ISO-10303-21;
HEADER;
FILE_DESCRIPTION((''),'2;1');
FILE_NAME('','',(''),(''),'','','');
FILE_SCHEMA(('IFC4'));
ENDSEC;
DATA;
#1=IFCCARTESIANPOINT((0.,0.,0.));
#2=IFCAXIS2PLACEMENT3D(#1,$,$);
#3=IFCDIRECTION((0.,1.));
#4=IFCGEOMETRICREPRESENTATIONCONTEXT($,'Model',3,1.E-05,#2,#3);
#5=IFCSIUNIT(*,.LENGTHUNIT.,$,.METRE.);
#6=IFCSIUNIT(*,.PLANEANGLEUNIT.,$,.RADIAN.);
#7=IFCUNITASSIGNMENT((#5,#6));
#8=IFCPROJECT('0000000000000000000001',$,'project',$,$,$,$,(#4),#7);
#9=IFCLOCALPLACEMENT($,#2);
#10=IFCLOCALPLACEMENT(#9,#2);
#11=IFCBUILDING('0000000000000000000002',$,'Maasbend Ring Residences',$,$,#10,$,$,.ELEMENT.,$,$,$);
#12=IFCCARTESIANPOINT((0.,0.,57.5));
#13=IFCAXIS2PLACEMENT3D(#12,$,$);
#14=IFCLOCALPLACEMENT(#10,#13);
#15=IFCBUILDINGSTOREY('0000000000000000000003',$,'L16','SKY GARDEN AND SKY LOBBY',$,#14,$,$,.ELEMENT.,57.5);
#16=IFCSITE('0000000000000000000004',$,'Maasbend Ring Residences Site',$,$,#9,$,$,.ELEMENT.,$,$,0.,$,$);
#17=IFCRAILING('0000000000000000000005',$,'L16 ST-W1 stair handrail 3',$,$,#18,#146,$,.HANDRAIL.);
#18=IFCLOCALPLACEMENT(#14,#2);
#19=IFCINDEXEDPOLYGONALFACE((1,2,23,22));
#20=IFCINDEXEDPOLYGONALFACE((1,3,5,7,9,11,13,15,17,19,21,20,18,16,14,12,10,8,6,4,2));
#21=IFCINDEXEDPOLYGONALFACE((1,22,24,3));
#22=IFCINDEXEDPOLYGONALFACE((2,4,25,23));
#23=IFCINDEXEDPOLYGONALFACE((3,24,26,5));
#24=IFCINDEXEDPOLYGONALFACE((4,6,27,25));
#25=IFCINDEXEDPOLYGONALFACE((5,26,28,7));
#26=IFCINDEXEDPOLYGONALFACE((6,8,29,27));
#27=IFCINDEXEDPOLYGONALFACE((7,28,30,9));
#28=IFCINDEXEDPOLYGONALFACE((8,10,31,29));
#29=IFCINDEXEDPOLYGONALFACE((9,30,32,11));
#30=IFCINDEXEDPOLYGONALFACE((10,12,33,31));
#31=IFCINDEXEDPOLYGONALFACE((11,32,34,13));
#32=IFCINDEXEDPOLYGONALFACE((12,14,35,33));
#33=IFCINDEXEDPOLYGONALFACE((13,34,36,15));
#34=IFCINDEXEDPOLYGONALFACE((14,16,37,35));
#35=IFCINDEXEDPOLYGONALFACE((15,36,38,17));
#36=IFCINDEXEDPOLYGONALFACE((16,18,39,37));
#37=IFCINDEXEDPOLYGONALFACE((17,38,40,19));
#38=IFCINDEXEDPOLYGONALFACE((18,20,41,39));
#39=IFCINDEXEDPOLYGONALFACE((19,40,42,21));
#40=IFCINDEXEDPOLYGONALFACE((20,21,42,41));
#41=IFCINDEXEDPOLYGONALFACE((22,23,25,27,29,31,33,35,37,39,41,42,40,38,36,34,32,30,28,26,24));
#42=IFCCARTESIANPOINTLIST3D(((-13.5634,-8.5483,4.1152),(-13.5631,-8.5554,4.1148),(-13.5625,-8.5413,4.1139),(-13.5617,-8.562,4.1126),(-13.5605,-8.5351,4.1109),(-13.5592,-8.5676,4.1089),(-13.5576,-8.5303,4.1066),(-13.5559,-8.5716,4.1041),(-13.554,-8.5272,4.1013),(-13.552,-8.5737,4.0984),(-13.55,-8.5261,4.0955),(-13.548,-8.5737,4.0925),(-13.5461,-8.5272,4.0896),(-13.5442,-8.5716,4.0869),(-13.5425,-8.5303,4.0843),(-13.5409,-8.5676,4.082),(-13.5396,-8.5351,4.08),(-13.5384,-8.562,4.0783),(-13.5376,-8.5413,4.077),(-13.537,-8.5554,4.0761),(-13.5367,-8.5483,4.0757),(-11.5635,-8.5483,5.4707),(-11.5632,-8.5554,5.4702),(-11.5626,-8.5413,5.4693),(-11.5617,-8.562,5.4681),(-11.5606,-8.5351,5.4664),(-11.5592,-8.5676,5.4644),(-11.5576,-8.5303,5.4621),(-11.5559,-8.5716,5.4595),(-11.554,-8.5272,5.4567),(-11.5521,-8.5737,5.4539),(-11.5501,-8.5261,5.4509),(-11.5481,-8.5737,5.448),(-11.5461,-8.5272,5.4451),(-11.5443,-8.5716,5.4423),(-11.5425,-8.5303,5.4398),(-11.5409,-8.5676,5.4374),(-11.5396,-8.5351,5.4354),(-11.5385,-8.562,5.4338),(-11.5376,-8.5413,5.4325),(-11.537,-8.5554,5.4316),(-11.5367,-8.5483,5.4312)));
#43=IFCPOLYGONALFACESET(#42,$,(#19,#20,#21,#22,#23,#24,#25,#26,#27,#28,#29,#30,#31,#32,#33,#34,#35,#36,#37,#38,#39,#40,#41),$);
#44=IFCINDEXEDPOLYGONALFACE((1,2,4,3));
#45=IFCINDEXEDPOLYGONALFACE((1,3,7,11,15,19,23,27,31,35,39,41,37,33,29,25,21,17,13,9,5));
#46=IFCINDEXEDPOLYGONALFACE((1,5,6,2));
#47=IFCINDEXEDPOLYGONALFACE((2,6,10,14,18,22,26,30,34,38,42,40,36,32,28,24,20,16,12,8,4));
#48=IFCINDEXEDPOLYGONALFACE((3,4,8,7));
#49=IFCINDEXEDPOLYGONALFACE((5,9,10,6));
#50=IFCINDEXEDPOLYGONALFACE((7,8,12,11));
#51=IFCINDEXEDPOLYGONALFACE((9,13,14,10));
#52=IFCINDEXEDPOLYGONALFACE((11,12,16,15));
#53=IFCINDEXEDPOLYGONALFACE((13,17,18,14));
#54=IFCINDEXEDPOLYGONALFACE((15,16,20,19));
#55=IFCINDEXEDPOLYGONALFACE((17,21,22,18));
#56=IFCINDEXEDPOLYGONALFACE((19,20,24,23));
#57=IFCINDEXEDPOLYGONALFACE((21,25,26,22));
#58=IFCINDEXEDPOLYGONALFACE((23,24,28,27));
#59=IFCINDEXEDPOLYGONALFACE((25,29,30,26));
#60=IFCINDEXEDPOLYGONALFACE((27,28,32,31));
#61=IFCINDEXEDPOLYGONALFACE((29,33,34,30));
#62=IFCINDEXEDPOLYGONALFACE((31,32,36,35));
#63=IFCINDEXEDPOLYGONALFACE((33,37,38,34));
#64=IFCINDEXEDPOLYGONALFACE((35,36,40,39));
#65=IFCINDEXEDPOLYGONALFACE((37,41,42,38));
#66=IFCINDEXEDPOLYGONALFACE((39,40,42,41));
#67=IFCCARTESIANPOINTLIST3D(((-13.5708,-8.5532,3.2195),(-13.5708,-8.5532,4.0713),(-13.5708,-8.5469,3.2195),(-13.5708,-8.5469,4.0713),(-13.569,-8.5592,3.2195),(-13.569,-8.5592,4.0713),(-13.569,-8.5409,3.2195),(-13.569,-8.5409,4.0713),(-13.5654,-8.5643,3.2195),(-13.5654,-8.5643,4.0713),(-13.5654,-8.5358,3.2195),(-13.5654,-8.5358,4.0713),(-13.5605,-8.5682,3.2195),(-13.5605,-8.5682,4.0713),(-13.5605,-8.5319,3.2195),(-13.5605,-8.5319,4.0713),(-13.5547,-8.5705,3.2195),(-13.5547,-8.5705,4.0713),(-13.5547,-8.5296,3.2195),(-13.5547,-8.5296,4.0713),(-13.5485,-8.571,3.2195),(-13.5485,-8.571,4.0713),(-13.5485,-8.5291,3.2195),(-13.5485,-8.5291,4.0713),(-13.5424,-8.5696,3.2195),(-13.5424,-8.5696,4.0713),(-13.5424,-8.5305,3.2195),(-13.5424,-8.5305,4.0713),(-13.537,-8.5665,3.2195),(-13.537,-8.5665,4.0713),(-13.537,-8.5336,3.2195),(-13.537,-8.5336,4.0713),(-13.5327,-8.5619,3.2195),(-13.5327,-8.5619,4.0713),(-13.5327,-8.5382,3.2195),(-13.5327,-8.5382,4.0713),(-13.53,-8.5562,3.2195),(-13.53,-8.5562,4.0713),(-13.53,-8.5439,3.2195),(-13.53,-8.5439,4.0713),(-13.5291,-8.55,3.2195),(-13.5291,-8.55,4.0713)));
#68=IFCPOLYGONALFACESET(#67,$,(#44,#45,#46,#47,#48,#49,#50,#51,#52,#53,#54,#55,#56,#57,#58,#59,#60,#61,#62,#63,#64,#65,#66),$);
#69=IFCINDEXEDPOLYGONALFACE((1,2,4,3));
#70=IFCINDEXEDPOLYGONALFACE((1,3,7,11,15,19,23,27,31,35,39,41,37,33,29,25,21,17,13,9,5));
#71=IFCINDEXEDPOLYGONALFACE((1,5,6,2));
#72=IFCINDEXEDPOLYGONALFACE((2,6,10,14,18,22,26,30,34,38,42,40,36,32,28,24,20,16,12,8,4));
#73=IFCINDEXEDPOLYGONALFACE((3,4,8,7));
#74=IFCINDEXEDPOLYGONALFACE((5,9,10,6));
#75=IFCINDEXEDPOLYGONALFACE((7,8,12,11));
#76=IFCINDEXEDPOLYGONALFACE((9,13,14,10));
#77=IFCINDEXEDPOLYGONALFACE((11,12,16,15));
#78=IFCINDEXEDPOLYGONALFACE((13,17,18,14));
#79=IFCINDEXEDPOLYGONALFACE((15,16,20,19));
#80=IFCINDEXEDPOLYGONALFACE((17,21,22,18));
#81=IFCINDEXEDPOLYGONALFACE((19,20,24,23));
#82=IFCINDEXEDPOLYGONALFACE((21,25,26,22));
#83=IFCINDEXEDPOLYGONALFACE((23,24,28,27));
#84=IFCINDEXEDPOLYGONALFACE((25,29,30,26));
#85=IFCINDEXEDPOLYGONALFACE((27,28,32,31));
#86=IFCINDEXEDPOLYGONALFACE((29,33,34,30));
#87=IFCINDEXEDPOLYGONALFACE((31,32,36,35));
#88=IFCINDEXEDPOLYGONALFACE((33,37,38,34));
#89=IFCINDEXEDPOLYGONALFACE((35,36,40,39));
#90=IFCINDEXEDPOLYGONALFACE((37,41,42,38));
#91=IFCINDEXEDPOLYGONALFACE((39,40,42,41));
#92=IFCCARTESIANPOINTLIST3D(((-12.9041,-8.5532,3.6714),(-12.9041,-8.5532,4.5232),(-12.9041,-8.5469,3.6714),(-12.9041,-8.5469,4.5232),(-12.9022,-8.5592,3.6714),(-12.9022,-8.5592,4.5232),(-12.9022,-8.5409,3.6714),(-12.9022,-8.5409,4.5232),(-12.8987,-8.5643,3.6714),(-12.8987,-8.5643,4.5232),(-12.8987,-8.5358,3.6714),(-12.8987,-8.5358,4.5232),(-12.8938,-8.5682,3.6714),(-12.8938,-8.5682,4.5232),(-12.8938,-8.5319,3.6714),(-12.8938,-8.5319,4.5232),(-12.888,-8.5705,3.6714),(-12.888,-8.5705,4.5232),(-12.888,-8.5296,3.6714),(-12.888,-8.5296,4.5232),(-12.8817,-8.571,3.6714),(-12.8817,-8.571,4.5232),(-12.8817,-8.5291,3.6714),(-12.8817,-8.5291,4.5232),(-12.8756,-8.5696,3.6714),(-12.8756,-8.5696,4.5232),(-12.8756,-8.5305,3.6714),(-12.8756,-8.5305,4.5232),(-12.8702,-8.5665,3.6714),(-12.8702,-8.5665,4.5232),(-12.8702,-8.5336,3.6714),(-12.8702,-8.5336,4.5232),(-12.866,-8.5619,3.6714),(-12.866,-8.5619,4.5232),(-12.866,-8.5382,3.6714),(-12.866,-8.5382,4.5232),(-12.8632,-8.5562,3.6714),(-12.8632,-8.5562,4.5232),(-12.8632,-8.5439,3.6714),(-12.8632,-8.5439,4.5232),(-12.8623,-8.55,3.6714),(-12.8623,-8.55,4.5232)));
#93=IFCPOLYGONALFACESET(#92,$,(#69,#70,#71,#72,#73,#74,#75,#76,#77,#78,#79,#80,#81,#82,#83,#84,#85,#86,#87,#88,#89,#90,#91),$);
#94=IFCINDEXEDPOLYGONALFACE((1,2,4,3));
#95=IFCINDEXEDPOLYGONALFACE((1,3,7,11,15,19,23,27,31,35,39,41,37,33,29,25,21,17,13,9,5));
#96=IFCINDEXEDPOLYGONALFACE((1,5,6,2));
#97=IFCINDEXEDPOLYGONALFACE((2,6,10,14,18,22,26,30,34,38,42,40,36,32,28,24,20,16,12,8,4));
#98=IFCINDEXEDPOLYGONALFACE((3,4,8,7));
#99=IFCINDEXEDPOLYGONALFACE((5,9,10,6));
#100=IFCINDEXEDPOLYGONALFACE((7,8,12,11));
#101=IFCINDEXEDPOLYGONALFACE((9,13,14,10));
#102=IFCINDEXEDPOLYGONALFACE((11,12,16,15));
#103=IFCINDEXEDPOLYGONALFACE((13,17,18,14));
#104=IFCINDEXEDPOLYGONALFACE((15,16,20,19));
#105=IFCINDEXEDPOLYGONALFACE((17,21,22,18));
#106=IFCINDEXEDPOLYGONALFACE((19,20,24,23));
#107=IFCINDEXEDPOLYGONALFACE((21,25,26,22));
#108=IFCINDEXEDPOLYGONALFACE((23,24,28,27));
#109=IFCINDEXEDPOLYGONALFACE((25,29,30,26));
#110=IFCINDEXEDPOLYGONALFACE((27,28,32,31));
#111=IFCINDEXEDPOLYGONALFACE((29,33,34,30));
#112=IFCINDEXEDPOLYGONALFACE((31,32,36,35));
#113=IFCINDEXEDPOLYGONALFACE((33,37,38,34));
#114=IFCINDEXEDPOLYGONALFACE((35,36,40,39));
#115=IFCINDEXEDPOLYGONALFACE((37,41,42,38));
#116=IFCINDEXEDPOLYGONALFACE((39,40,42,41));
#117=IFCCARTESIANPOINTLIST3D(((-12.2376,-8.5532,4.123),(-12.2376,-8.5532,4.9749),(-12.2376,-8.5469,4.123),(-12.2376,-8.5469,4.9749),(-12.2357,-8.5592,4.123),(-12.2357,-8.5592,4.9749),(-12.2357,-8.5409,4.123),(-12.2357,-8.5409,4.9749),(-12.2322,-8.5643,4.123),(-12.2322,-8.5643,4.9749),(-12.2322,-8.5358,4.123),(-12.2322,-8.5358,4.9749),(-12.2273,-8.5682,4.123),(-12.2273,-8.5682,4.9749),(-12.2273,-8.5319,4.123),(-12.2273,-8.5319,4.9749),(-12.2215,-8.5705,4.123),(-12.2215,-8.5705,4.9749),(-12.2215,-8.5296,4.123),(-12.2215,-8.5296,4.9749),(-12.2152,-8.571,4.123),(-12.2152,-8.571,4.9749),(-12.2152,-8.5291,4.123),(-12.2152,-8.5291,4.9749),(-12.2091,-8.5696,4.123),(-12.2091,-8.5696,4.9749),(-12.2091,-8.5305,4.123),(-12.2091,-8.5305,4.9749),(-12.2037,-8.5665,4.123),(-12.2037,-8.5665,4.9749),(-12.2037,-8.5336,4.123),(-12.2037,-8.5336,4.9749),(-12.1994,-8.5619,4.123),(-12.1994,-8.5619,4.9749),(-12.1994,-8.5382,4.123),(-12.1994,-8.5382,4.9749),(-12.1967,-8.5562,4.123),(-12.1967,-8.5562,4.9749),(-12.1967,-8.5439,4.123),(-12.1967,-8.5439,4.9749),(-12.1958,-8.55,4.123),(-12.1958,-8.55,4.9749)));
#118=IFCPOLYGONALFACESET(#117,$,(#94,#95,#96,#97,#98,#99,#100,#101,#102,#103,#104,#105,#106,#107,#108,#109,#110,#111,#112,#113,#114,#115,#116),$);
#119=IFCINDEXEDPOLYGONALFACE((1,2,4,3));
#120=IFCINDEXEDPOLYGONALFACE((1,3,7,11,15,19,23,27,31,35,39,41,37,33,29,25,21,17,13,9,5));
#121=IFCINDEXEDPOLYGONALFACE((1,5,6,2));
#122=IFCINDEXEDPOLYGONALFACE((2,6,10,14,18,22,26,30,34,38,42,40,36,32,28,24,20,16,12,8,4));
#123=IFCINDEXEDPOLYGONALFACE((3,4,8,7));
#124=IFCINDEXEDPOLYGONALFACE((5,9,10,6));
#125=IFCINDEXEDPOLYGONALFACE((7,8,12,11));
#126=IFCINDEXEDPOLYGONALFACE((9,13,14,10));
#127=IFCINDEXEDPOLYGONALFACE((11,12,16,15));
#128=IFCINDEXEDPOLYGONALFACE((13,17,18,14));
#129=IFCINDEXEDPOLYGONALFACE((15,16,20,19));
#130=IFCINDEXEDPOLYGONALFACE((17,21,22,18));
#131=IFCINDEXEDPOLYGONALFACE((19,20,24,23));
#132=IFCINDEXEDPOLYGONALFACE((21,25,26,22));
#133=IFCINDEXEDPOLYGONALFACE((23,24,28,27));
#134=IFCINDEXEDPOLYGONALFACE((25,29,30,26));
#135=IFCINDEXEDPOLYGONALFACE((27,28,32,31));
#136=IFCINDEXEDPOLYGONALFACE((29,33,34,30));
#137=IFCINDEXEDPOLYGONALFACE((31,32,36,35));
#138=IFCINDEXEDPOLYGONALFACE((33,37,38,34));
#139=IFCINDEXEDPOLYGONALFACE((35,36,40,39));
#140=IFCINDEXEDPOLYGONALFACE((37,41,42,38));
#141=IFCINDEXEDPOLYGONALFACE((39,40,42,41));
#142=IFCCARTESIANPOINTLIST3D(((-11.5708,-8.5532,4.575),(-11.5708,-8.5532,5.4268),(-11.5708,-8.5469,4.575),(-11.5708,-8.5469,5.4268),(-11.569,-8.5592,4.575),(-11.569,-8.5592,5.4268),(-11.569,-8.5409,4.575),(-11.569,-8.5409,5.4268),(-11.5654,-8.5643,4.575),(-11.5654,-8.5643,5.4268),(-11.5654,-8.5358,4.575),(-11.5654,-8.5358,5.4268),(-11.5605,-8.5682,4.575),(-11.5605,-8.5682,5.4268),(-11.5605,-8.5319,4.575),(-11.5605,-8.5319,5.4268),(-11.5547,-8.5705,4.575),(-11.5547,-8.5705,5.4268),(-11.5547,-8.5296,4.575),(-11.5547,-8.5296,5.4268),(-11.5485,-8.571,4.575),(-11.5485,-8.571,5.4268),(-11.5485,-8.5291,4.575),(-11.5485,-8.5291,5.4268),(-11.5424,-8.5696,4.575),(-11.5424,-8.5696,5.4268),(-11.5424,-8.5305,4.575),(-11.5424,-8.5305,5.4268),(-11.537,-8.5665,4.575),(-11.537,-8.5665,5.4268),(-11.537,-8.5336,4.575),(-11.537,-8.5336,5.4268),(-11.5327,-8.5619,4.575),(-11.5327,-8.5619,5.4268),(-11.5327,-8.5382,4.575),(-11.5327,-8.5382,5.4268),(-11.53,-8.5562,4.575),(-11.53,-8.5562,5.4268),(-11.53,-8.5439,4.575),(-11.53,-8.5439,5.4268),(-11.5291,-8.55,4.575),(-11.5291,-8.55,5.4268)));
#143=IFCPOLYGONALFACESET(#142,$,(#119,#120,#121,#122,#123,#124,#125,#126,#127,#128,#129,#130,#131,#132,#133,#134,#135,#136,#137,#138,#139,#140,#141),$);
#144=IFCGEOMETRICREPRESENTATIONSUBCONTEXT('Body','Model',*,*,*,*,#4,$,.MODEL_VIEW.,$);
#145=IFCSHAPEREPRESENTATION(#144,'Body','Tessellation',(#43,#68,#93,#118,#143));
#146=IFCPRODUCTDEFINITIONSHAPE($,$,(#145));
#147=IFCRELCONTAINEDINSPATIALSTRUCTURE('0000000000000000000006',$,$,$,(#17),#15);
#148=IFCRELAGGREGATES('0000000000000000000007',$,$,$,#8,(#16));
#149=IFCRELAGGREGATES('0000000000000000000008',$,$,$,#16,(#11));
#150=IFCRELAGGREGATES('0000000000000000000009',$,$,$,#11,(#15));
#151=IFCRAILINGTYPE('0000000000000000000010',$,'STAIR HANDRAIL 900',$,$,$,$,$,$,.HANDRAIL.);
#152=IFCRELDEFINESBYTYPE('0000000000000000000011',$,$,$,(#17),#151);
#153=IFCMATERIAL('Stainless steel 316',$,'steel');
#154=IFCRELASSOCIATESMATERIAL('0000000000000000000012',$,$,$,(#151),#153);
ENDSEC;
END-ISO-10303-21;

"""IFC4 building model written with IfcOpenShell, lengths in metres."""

from ifc_helpers import new_model, si_unit, direction, frame, origin, origin_2d, place, context, subcontext, project, spatial, circle, extrude, material, type_object, element, save


model = new_model("IFC4")

# Units and contexts
model_context = context("Model", 3, precision=1e-05, world=origin(), true_north=direction((0.0, 1.0)))
body_context = subcontext(model_context, "Body", "Model", "MODEL_VIEW")
ifc_project = project(units=[si_unit("LENGTHUNIT", "METRE"), si_unit("PLANEANGLEUNIT", "RADIAN")], contexts=[model_context])

# Site, building, storey
site_placement = place(None, origin())
site = spatial("IfcSite", under=ifc_project, at=site_placement, Name="Maasbend Ring Residences Site", CompositionType="ELEMENT", RefElevation=0.0)
building_placement = place(site_placement, origin())
building = spatial("IfcBuilding", under=site, at=building_placement, Name="Maasbend Ring Residences", CompositionType="ELEMENT")
storey_placement = place(building_placement, frame((0.0, 0.0, 57.5)))
storey = spatial("IfcBuildingStorey", under=building, at=storey_placement, Name="L16", Description="SKY GARDEN AND SKY LOBBY", CompositionType="ELEMENT", Elevation=57.5)

# Railing
ifc_material_1 = material(Name="Stainless steel 316", Category="steel")
railing_type_1 = type_object("IfcRailingType", Name="STAIR HANDRAIL 900", PredefinedType="HANDRAIL", material=ifc_material_1)
railing_1_placement = place(storey_placement, frame((-13.55, -8.55, 3.2195)))
element("IfcRailing", 1, at=railing_1_placement, inside=storey, type_object=railing_type_1, Name="L16 ST-W1 stair handrail 3", PredefinedType="HANDRAIL", context=body_context, shape_type="SweptSolid", body=[
    extrude(circle(Radius=0.0239, at=origin_2d()), frame((0.0, 0.0, 0.876), z_axis=(0.827798, 0.0, 0.561027), x_axis=(0.0, 1.0, 0.0)), (0.0, 0.0, 1.0), 2.416),
    extrude(circle(Radius=0.021, at=origin_2d()), origin(), (0.0, 0.0, 1.0), 0.8518),
    extrude(circle(Radius=0.021, at=origin_2d()), frame((0.6667, 0.0, 0.4519)), (0.0, 0.0, 1.0), 0.8518),
    extrude(circle(Radius=0.021, at=origin_2d()), frame((1.3333, 0.0, 0.9036)), (0.0, 0.0, 1.0), 0.8518),
    extrude(circle(Radius=0.021, at=origin_2d()), frame((2.0, 0.0, 1.3555)), (0.0, 0.0, 1.0), 0.8518),
])

save(model, "model.ifc")
